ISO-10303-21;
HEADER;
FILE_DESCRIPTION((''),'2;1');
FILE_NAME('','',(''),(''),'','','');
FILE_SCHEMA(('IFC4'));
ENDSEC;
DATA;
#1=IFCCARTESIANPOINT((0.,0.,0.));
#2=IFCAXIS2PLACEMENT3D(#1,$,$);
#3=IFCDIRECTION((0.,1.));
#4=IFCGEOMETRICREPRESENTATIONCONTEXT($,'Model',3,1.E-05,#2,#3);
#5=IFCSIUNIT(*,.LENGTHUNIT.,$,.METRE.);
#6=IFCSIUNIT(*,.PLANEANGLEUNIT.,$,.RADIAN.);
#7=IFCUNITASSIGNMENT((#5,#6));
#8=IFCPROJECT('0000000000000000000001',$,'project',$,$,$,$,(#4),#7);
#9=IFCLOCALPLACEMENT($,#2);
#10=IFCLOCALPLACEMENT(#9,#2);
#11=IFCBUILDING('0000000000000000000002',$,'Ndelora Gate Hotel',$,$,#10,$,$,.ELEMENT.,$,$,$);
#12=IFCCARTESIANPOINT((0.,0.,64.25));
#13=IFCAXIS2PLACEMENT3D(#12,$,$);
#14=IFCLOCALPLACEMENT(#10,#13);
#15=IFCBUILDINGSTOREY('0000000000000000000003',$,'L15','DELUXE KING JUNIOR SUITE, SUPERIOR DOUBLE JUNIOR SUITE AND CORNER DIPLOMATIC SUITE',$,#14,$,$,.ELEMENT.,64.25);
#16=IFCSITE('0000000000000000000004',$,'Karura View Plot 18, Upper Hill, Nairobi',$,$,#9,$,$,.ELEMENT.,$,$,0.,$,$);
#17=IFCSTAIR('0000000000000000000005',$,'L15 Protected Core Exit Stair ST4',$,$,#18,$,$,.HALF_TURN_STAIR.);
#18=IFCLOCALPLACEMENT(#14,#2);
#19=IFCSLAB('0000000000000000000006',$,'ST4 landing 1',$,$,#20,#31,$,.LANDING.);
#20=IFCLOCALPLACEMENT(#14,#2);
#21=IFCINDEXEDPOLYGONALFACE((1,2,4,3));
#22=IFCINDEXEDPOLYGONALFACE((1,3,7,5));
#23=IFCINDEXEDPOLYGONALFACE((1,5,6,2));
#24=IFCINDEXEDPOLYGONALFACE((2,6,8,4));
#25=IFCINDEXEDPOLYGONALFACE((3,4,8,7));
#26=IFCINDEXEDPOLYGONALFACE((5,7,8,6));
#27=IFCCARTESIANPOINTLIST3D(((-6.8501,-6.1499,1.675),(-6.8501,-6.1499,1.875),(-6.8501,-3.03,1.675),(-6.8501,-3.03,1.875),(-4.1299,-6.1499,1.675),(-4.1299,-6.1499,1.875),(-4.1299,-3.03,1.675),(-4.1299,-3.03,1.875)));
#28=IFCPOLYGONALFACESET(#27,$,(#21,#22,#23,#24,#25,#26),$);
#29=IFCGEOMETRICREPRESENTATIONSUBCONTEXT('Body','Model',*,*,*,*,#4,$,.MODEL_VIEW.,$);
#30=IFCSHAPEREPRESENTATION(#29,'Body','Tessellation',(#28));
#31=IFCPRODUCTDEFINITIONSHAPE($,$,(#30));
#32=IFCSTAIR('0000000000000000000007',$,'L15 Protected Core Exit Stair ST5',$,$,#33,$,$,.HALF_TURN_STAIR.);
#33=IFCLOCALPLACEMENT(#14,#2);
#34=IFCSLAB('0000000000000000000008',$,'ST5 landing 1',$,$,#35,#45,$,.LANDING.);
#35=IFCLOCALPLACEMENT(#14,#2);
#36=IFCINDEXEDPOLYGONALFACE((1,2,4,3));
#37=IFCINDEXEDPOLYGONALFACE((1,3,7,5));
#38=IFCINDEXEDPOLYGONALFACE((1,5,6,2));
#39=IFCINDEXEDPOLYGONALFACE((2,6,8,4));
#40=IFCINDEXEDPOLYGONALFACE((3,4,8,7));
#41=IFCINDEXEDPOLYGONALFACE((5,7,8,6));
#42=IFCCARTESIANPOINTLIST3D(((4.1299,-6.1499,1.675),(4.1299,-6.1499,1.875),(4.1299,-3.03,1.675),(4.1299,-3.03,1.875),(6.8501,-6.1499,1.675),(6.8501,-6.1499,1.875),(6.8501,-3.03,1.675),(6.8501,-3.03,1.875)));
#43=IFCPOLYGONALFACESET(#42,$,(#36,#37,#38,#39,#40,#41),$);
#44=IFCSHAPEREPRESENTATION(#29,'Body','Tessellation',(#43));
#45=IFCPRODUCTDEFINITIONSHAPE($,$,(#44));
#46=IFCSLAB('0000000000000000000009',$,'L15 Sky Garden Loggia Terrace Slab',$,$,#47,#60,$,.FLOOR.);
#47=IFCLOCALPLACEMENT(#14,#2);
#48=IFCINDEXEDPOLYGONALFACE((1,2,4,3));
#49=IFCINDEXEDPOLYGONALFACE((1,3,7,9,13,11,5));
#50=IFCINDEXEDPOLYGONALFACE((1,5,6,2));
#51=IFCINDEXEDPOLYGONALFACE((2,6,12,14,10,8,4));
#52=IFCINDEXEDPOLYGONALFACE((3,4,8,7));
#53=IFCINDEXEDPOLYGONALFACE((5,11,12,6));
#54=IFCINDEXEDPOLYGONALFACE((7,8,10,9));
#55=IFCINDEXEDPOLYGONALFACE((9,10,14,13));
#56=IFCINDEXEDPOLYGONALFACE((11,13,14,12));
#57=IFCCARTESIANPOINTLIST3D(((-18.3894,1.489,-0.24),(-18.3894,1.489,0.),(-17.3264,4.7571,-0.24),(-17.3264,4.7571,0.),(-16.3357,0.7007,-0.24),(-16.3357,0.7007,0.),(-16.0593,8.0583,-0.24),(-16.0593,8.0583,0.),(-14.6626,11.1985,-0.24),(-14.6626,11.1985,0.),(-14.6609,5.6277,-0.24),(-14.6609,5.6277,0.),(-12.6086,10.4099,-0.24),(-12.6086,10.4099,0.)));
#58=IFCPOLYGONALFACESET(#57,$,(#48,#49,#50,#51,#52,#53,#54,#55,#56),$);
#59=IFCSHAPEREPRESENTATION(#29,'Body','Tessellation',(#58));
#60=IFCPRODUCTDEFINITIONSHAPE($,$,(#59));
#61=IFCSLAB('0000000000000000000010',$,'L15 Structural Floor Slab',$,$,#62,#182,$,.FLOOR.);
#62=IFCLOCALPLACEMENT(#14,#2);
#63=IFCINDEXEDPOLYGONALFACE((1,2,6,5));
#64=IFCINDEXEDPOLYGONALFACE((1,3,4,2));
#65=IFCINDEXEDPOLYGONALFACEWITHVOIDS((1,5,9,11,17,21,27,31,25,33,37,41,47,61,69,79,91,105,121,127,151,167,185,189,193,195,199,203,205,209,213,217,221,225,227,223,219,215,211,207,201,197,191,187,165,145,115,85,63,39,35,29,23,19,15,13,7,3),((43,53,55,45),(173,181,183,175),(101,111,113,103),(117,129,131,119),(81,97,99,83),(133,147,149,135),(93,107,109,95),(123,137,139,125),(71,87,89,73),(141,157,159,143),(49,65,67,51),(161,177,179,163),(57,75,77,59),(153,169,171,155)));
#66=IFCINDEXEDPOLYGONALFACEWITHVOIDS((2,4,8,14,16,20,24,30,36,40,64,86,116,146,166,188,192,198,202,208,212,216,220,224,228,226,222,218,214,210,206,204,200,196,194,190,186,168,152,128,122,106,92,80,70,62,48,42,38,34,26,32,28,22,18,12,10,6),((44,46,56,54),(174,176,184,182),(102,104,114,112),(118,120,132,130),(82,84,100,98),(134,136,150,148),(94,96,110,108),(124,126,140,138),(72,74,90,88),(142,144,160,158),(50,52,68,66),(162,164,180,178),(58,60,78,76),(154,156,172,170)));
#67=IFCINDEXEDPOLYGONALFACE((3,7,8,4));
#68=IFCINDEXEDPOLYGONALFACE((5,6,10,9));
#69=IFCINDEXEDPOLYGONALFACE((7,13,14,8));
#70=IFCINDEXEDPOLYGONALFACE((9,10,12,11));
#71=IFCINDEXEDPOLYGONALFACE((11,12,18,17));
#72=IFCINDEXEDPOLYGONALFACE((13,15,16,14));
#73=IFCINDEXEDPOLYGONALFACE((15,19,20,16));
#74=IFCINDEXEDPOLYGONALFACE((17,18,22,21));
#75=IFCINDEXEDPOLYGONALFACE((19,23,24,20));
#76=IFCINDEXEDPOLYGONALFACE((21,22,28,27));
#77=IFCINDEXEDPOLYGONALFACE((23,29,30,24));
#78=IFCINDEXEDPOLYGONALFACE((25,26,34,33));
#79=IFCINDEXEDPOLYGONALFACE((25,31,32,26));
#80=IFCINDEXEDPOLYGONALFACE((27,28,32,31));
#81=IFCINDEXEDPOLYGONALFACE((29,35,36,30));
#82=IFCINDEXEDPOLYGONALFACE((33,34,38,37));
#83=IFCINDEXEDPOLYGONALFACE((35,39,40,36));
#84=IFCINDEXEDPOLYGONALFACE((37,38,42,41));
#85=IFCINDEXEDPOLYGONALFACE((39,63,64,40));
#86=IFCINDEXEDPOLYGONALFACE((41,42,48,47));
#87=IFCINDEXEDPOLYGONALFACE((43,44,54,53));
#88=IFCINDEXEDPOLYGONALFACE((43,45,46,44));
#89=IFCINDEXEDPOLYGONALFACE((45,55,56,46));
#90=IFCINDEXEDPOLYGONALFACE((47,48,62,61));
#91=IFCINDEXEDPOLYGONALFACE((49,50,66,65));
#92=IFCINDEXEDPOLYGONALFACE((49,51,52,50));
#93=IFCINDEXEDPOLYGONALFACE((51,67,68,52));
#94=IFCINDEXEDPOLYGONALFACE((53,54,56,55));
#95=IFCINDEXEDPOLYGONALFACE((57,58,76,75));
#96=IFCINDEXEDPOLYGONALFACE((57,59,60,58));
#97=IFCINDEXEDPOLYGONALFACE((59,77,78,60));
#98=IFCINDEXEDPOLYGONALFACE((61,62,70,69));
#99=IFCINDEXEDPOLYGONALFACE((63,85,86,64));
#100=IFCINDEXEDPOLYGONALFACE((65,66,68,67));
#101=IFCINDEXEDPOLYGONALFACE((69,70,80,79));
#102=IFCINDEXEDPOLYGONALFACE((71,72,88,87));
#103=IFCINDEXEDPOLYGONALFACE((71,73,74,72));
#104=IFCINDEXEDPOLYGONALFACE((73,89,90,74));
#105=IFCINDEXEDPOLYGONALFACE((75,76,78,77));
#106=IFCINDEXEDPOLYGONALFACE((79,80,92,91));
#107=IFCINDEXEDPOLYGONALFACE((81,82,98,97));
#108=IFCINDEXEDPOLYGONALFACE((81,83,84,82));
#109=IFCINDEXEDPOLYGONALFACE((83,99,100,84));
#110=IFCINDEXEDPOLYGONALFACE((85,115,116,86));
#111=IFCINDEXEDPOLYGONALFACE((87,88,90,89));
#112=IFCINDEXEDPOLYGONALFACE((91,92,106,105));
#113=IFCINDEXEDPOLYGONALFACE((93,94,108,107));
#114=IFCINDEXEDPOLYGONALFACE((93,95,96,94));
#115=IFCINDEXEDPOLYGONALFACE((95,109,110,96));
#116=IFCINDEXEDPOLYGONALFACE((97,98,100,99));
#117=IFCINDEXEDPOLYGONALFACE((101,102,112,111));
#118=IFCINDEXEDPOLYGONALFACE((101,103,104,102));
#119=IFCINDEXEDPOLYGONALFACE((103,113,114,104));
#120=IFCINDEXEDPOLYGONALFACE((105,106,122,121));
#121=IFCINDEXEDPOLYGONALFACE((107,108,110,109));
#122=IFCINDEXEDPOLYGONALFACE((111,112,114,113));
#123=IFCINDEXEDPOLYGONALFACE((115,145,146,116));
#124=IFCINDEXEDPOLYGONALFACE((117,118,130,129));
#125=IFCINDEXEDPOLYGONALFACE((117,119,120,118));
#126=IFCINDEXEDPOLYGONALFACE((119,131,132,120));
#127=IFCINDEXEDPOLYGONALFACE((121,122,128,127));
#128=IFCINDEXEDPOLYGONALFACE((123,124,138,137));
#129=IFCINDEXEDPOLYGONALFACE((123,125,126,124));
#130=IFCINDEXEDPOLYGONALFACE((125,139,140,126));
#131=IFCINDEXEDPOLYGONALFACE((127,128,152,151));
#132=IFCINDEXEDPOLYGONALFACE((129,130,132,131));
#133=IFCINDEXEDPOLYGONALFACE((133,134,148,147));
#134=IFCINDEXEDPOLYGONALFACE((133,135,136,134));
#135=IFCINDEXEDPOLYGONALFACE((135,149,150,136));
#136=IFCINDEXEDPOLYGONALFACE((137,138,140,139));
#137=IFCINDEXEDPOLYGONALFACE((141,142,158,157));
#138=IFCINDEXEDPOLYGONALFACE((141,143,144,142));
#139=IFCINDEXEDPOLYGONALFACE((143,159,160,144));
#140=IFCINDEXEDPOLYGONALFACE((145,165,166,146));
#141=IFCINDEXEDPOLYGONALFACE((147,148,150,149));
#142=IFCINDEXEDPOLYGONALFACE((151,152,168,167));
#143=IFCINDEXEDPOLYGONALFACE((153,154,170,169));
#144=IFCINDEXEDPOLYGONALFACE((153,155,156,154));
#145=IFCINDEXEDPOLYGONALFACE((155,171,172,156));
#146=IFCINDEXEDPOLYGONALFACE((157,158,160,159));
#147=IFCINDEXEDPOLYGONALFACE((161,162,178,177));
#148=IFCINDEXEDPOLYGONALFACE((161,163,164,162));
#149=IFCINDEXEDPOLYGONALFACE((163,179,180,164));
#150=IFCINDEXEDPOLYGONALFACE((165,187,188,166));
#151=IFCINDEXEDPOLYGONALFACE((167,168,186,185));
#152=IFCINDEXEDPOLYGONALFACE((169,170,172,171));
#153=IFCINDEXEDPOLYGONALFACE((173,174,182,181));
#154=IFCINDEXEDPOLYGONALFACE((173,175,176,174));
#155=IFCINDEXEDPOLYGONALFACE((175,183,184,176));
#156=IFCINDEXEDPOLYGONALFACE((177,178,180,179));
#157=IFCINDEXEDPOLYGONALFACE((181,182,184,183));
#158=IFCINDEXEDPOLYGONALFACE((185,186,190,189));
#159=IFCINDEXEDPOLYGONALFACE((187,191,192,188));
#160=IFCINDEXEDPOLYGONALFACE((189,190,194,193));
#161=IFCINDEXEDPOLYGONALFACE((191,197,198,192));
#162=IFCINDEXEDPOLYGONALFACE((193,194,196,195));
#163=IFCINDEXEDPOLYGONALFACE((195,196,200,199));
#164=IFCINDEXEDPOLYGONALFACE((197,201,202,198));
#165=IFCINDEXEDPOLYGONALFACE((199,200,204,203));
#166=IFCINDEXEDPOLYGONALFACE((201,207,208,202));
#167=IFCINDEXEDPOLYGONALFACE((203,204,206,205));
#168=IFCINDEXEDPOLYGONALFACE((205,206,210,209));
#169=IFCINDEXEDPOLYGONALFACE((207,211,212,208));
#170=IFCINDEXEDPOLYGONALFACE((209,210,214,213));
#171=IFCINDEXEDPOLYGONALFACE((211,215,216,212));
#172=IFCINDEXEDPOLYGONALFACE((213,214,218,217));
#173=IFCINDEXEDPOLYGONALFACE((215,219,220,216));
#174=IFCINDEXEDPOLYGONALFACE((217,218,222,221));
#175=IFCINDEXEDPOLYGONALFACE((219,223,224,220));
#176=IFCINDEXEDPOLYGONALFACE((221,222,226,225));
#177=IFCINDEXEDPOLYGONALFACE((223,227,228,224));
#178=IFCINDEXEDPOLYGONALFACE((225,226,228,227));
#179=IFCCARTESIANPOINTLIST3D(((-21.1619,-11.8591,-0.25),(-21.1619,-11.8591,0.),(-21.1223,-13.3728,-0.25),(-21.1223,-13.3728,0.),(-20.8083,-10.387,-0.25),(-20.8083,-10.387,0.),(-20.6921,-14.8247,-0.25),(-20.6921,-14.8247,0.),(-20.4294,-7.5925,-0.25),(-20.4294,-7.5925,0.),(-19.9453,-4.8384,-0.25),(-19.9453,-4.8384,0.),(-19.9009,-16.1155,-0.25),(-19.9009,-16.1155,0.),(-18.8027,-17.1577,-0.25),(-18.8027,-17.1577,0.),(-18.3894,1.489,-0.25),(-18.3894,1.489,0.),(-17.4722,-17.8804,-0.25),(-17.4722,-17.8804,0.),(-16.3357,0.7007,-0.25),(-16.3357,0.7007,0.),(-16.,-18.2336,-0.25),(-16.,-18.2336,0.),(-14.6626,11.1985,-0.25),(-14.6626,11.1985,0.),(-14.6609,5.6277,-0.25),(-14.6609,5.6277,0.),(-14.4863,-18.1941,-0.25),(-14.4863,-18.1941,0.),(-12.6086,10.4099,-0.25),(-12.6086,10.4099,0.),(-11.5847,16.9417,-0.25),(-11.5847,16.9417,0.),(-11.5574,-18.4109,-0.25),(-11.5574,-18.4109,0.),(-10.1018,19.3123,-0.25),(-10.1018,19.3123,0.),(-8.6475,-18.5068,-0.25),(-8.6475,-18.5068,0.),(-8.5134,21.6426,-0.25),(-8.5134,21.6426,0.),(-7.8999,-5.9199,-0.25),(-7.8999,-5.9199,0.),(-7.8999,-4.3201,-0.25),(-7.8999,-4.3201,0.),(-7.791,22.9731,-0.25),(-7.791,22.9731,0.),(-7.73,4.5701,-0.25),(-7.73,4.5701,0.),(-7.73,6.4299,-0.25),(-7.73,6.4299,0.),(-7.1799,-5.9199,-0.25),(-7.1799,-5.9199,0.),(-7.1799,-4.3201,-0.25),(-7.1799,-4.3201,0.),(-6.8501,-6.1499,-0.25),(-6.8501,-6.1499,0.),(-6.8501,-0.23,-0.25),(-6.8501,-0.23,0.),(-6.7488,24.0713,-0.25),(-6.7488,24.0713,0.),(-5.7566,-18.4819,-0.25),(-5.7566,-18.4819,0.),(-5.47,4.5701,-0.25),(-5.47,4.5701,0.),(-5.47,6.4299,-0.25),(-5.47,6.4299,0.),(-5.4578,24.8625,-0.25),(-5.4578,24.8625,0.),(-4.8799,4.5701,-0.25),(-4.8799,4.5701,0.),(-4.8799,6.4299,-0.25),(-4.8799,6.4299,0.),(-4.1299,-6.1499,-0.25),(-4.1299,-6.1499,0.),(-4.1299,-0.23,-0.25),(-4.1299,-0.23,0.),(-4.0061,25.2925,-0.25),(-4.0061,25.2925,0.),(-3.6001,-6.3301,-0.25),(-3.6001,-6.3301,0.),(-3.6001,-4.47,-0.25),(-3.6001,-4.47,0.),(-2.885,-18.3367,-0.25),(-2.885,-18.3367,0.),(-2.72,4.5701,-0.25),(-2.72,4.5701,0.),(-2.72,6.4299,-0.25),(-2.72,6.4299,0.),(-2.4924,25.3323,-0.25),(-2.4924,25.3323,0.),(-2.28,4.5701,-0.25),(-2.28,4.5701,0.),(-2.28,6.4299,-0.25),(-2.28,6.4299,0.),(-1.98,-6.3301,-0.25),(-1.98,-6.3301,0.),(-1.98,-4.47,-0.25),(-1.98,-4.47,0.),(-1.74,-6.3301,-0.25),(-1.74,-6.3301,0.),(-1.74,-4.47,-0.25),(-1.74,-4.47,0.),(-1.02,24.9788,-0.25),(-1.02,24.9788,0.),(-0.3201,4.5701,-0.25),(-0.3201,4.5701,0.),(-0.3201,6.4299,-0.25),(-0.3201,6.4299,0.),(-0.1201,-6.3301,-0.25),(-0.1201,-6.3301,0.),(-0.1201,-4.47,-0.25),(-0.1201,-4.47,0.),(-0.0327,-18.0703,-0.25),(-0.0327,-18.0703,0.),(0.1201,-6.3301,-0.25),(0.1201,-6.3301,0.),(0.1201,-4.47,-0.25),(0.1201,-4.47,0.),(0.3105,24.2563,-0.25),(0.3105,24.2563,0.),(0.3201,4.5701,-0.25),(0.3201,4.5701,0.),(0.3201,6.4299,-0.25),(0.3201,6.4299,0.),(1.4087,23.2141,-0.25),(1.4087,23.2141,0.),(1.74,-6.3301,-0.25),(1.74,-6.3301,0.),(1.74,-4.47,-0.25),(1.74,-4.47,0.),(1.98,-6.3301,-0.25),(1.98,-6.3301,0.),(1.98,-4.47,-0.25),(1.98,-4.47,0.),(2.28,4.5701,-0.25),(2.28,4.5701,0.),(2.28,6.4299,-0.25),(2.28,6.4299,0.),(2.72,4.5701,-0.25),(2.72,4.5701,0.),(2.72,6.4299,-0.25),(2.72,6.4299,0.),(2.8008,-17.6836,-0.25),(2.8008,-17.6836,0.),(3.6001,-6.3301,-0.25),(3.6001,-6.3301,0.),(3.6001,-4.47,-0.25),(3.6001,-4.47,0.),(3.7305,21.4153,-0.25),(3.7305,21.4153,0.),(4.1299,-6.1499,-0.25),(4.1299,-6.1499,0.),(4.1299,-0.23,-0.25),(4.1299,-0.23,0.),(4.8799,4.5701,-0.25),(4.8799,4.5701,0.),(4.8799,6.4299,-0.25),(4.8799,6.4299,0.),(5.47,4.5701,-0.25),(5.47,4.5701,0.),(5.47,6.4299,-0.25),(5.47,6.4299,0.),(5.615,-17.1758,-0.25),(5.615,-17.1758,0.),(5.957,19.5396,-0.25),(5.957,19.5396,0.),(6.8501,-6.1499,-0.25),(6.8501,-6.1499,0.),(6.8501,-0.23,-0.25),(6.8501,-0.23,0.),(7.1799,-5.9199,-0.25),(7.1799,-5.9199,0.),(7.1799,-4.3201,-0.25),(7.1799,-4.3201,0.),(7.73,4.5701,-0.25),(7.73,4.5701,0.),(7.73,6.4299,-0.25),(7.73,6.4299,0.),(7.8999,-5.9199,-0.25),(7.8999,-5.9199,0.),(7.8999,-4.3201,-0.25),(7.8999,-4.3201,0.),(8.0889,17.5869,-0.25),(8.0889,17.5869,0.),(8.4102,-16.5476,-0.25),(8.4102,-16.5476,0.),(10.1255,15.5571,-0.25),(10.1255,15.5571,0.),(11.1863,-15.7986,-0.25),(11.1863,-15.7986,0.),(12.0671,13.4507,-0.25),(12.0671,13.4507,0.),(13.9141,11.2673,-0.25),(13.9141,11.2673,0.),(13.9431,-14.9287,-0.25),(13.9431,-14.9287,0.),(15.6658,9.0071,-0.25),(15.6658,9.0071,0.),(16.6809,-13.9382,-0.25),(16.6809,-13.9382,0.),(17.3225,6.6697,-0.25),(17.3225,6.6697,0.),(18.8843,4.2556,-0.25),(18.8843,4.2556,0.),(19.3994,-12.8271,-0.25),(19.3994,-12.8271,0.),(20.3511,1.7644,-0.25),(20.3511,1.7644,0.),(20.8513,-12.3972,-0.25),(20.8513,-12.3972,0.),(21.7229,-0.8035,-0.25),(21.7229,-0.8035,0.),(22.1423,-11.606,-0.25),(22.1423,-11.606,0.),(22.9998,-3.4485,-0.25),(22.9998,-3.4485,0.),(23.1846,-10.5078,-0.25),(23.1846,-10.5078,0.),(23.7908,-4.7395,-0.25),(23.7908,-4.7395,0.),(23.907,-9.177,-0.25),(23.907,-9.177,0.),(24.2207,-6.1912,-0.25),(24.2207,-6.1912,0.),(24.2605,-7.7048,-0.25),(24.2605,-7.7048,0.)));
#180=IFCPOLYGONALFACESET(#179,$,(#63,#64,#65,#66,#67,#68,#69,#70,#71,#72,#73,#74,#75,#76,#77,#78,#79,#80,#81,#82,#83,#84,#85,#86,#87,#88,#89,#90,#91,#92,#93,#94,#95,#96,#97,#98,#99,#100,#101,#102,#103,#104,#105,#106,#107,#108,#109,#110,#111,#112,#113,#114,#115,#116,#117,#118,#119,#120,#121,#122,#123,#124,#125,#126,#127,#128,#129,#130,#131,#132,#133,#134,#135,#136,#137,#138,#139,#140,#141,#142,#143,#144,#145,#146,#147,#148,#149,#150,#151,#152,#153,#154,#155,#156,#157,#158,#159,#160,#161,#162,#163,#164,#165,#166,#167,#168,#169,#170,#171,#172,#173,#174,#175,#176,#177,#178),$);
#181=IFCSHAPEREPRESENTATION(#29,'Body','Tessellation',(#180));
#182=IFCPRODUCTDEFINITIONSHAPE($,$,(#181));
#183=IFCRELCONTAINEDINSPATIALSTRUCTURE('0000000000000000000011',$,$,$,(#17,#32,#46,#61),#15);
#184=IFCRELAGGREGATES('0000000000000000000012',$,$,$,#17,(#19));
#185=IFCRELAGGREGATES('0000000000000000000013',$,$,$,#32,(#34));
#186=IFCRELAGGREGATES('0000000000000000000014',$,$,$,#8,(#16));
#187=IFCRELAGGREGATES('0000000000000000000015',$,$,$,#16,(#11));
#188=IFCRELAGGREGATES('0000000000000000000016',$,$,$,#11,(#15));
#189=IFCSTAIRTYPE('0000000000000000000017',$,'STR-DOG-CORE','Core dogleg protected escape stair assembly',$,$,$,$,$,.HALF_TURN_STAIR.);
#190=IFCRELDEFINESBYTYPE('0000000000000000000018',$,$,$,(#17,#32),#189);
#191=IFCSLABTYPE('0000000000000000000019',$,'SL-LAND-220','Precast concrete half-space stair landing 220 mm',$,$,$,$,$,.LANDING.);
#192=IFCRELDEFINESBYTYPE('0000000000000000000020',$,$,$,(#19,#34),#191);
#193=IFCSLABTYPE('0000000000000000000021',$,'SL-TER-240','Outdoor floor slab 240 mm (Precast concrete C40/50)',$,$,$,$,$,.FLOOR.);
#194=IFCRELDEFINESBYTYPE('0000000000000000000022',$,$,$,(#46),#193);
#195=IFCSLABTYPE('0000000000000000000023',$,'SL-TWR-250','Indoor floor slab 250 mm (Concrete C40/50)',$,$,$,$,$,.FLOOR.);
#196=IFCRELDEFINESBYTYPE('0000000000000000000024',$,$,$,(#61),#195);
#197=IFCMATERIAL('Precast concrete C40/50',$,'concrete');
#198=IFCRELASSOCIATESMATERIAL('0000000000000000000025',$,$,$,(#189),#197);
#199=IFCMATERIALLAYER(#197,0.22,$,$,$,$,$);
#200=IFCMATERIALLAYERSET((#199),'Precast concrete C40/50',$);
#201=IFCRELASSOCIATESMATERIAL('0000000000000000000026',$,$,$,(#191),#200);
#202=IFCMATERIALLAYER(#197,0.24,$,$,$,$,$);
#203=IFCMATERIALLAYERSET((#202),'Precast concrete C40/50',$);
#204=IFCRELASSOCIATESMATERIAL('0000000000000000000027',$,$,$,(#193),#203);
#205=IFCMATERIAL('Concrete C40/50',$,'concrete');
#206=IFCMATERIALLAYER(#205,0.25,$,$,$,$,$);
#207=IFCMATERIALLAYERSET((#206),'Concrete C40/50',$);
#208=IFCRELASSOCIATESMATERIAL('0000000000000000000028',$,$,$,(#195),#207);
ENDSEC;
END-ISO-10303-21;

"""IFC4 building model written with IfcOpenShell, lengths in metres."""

from ifc_helpers import new_model, si_unit, direction, frame, origin, place, context, subcontext, project, spatial, polyline, outline, extrude, material, layer, layer_set, type_object, element, aggregate, save


model = new_model("IFC4")

# Units and contexts
model_context = context("Model", 3, precision=1e-05, world=origin(), true_north=direction((0.0, 1.0)))
body_context = subcontext(model_context, "Body", "Model", "MODEL_VIEW")
ifc_project = project(units=[si_unit("LENGTHUNIT", "METRE"), si_unit("PLANEANGLEUNIT", "RADIAN")], contexts=[model_context])

# Site, building, storey
site_placement = place(None, origin())
site = spatial("IfcSite", under=ifc_project, at=site_placement, Name="Karura View Plot 18, Upper Hill, Nairobi", CompositionType="ELEMENT", RefElevation=0.0)
building_placement = place(site_placement, origin())
building = spatial("IfcBuilding", under=site, at=building_placement, Name="Ndelora Gate Hotel", CompositionType="ELEMENT")
storey_placement = place(building_placement, frame((0.0, 0.0, 64.25)))
storey = spatial("IfcBuildingStorey", under=building, at=storey_placement, Name="L15", Description="DELUXE KING JUNIOR SUITE, SUPERIOR DOUBLE JUNIOR SUITE AND CORNER DIPLOMATIC SUITE", CompositionType="ELEMENT", Elevation=64.25)

# Stairs, slabs
ifc_material_1 = material(Name="Precast concrete C40/50", Category="concrete")
stair_type = type_object("IfcStairType", Name="STR-DOG-CORE", Description="Core dogleg protected escape stair assembly", PredefinedType="HALF_TURN_STAIR", material=ifc_material_1)
stair_1_placement = place(storey_placement, origin())
stair_1 = element("IfcStair", 1, at=stair_1_placement, inside=storey, type_object=stair_type, Name="L15 Protected Core Exit Stair ST4", PredefinedType="HALF_TURN_STAIR")
ifc_layer_1 = layer(ifc_material_1, 0.22)
ifc_layer_set_1 = layer_set([ifc_layer_1], Name="Precast concrete C40/50")
slab_type_1 = type_object("IfcSlabType", Name="SL-LAND-220", Description="Precast concrete half-space stair landing 220 mm", PredefinedType="LANDING", material=ifc_layer_set_1)
slab_1_placement = place(storey_placement, frame((0.0, 0.0, 1.675)))
slab_1 = element("IfcSlab", 2, at=slab_1_placement, type_object=slab_type_1, Name="ST4 landing 1", PredefinedType="LANDING", context=body_context, shape_type="SweptSolid", body=[
    extrude(outline(polyline([(-6.8501, -3.03), (-6.8501, -6.1499), (-4.1299, -6.1499), (-4.1299, -3.03), (-6.8501, -3.03)])), origin(), (0.0, 0.0, 1.0), 0.2),
])
aggregate(stair_1, [slab_1])
stair_2_placement = place(storey_placement, origin())
stair_2 = element("IfcStair", 3, at=stair_2_placement, inside=storey, type_object=stair_type, Name="L15 Protected Core Exit Stair ST5", PredefinedType="HALF_TURN_STAIR")
slab_2_placement = place(storey_placement, frame((0.0, 0.0, 1.675)))
slab_2 = element("IfcSlab", 4, at=slab_2_placement, type_object=slab_type_1, Name="ST5 landing 1", PredefinedType="LANDING", context=body_context, shape_type="SweptSolid", body=[
    extrude(outline(polyline([(4.1299, -3.03), (4.1299, -6.1499), (6.8501, -6.1499), (6.8501, -3.03), (4.1299, -3.03)])), origin(), (0.0, 0.0, 1.0), 0.2),
])

# Slabs
ifc_layer_2 = layer(ifc_material_1, 0.24)
ifc_layer_set_2 = layer_set([ifc_layer_2], Name="Precast concrete C40/50")
slab_type_2 = type_object("IfcSlabType", Name="SL-TER-240", Description="Outdoor floor slab 240 mm (Precast concrete C40/50)", PredefinedType="FLOOR", material=ifc_layer_set_2)
slab_3_placement = place(storey_placement, frame((0.0, 0.0, -0.24)))
element("IfcSlab", 5, at=slab_3_placement, inside=storey, type_object=slab_type_2, Name="L15 Sky Garden Loggia Terrace Slab", PredefinedType="FLOOR", context=body_context, shape_type="SweptSolid", body=[
    extrude(outline(polyline([(-12.6086, 10.4099), (-14.6626, 11.1985), (-16.0593, 8.0583), (-17.3264, 4.7571), (-18.3894, 1.489), (-16.3357, 0.7007), (-14.6609, 5.6277), (-12.6086, 10.4099)])), origin(), (0.0, 0.0, 1.0), 0.24),
])
ifc_material_2 = material(Name="Concrete C40/50", Category="concrete")
ifc_layer_3 = layer(ifc_material_2, 0.25)
ifc_layer_set_3 = layer_set([ifc_layer_3], Name="Concrete C40/50")
slab_type_3 = type_object("IfcSlabType", Name="SL-TWR-250", Description="Indoor floor slab 250 mm (Concrete C40/50)", PredefinedType="FLOOR", material=ifc_layer_set_3)
slab_4_placement = place(storey_placement, frame((0.0, 0.0, -0.25)))
element("IfcSlab", 6, at=slab_4_placement, inside=storey, type_object=slab_type_3, Name="L15 Structural Floor Slab", PredefinedType="FLOOR", context=body_context, shape_type="SweptSolid", body=[
    extrude(outline(polyline([(1.4087, 23.2141), (0.3105, 24.2563), (-1.02, 24.9788), (-2.4924, 25.3323), (-4.0061, 25.2925), (-5.4578, 24.8625), (-6.7488, 24.0713), (-7.791, 22.9731), (-8.5134, 21.6426), (-10.1018, 19.3123), (-11.5847, 16.9417), (-14.6626, 11.1985), (-12.6086, 10.4099), (-14.6609, 5.6277), (-16.3357, 0.7007), (-18.3894, 1.489), (-19.9453, -4.8384), (-20.4294, -7.5925), (-20.8083, -10.387), (-21.1619, -11.8591), (-21.1223, -13.3728), (-20.6921, -14.8247), (-19.9009, -16.1155), (-18.8027, -17.1577), (-17.4722, -17.8804), (-16.0, -18.2336), (-14.4863, -18.1941), (-11.5574, -18.4109), (-8.6475, -18.5068), (-5.7566, -18.4819), (-2.885, -18.3367), (-0.0327, -18.0703), (2.8008, -17.6836), (5.615, -17.1758), (8.4102, -16.5476), (11.1863, -15.7986), (13.9431, -14.9287), (16.6809, -13.9382), (19.3994, -12.8271), (20.8513, -12.3972), (22.1423, -11.606), (23.1846, -10.5078), (23.907, -9.177), (24.2605, -7.7048), (24.2207, -6.1912), (23.7908, -4.7395), (22.9998, -3.4485), (21.7229, -0.8035), (20.3511, 1.7644), (18.8843, 4.2556), (17.3225, 6.6697), (15.6658, 9.0071), (13.9141, 11.2673), (12.0671, 13.4507), (10.1255, 15.5571), (8.0889, 17.5869), (5.957, 19.5396), (3.7305, 21.4153), (1.4087, 23.2141)]), holes=[polyline([(-6.8501, -0.23), (-6.8501, -6.1499), (-4.1299, -6.1499), (-4.1299, -0.23), (-6.8501, -0.23)]), polyline([(4.1299, -0.23), (4.1299, -6.1499), (6.8501, -6.1499), (6.8501, -0.23), (4.1299, -0.23)]), polyline([(-7.73, 4.5701), (-5.47, 4.5701), (-5.47, 6.4299), (-7.73, 6.4299), (-7.73, 4.5701)]), polyline([(5.47, 4.5701), (7.73, 4.5701), (7.73, 6.4299), (5.47, 6.4299), (5.47, 4.5701)]), polyline([(-4.8799, 4.5701), (-2.72, 4.5701), (-2.72, 6.4299), (-4.8799, 6.4299), (-4.8799, 4.5701)]), polyline([(2.72, 4.5701), (4.8799, 4.5701), (4.8799, 6.4299), (2.72, 6.4299), (2.72, 4.5701)]), polyline([(-3.6001, -6.3301), (-1.98, -6.3301), (-1.98, -4.47), (-3.6001, -4.47), (-3.6001, -6.3301)]), polyline([(-1.74, -6.3301), (-0.1201, -6.3301), (-0.1201, -4.47), (-1.74, -4.47), (-1.74, -6.3301)]), polyline([(0.1201, -6.3301), (1.74, -6.3301), (1.74, -4.47), (0.1201, -4.47), (0.1201, -6.3301)]), polyline([(1.98, -6.3301), (3.6001, -6.3301), (3.6001, -4.47), (1.98, -4.47), (1.98, -6.3301)]), polyline([(-2.28, 4.5701), (-0.3201, 4.5701), (-0.3201, 6.4299), (-2.28, 6.4299), (-2.28, 4.5701)]), polyline([(0.3201, 4.5701), (2.28, 4.5701), (2.28, 6.4299), (0.3201, 6.4299), (0.3201, 4.5701)]), polyline([(-7.8999, -5.9199), (-7.1799, -5.9199), (-7.1799, -4.3201), (-7.8999, -4.3201), (-7.8999, -5.9199)]), polyline([(7.1799, -5.9199), (7.8999, -5.9199), (7.8999, -4.3201), (7.1799, -4.3201), (7.1799, -5.9199)])]), origin(), (0.0, 0.0, 1.0), 0.25),
])

aggregate(stair_2, [slab_2])

save(model, "model.ifc")
